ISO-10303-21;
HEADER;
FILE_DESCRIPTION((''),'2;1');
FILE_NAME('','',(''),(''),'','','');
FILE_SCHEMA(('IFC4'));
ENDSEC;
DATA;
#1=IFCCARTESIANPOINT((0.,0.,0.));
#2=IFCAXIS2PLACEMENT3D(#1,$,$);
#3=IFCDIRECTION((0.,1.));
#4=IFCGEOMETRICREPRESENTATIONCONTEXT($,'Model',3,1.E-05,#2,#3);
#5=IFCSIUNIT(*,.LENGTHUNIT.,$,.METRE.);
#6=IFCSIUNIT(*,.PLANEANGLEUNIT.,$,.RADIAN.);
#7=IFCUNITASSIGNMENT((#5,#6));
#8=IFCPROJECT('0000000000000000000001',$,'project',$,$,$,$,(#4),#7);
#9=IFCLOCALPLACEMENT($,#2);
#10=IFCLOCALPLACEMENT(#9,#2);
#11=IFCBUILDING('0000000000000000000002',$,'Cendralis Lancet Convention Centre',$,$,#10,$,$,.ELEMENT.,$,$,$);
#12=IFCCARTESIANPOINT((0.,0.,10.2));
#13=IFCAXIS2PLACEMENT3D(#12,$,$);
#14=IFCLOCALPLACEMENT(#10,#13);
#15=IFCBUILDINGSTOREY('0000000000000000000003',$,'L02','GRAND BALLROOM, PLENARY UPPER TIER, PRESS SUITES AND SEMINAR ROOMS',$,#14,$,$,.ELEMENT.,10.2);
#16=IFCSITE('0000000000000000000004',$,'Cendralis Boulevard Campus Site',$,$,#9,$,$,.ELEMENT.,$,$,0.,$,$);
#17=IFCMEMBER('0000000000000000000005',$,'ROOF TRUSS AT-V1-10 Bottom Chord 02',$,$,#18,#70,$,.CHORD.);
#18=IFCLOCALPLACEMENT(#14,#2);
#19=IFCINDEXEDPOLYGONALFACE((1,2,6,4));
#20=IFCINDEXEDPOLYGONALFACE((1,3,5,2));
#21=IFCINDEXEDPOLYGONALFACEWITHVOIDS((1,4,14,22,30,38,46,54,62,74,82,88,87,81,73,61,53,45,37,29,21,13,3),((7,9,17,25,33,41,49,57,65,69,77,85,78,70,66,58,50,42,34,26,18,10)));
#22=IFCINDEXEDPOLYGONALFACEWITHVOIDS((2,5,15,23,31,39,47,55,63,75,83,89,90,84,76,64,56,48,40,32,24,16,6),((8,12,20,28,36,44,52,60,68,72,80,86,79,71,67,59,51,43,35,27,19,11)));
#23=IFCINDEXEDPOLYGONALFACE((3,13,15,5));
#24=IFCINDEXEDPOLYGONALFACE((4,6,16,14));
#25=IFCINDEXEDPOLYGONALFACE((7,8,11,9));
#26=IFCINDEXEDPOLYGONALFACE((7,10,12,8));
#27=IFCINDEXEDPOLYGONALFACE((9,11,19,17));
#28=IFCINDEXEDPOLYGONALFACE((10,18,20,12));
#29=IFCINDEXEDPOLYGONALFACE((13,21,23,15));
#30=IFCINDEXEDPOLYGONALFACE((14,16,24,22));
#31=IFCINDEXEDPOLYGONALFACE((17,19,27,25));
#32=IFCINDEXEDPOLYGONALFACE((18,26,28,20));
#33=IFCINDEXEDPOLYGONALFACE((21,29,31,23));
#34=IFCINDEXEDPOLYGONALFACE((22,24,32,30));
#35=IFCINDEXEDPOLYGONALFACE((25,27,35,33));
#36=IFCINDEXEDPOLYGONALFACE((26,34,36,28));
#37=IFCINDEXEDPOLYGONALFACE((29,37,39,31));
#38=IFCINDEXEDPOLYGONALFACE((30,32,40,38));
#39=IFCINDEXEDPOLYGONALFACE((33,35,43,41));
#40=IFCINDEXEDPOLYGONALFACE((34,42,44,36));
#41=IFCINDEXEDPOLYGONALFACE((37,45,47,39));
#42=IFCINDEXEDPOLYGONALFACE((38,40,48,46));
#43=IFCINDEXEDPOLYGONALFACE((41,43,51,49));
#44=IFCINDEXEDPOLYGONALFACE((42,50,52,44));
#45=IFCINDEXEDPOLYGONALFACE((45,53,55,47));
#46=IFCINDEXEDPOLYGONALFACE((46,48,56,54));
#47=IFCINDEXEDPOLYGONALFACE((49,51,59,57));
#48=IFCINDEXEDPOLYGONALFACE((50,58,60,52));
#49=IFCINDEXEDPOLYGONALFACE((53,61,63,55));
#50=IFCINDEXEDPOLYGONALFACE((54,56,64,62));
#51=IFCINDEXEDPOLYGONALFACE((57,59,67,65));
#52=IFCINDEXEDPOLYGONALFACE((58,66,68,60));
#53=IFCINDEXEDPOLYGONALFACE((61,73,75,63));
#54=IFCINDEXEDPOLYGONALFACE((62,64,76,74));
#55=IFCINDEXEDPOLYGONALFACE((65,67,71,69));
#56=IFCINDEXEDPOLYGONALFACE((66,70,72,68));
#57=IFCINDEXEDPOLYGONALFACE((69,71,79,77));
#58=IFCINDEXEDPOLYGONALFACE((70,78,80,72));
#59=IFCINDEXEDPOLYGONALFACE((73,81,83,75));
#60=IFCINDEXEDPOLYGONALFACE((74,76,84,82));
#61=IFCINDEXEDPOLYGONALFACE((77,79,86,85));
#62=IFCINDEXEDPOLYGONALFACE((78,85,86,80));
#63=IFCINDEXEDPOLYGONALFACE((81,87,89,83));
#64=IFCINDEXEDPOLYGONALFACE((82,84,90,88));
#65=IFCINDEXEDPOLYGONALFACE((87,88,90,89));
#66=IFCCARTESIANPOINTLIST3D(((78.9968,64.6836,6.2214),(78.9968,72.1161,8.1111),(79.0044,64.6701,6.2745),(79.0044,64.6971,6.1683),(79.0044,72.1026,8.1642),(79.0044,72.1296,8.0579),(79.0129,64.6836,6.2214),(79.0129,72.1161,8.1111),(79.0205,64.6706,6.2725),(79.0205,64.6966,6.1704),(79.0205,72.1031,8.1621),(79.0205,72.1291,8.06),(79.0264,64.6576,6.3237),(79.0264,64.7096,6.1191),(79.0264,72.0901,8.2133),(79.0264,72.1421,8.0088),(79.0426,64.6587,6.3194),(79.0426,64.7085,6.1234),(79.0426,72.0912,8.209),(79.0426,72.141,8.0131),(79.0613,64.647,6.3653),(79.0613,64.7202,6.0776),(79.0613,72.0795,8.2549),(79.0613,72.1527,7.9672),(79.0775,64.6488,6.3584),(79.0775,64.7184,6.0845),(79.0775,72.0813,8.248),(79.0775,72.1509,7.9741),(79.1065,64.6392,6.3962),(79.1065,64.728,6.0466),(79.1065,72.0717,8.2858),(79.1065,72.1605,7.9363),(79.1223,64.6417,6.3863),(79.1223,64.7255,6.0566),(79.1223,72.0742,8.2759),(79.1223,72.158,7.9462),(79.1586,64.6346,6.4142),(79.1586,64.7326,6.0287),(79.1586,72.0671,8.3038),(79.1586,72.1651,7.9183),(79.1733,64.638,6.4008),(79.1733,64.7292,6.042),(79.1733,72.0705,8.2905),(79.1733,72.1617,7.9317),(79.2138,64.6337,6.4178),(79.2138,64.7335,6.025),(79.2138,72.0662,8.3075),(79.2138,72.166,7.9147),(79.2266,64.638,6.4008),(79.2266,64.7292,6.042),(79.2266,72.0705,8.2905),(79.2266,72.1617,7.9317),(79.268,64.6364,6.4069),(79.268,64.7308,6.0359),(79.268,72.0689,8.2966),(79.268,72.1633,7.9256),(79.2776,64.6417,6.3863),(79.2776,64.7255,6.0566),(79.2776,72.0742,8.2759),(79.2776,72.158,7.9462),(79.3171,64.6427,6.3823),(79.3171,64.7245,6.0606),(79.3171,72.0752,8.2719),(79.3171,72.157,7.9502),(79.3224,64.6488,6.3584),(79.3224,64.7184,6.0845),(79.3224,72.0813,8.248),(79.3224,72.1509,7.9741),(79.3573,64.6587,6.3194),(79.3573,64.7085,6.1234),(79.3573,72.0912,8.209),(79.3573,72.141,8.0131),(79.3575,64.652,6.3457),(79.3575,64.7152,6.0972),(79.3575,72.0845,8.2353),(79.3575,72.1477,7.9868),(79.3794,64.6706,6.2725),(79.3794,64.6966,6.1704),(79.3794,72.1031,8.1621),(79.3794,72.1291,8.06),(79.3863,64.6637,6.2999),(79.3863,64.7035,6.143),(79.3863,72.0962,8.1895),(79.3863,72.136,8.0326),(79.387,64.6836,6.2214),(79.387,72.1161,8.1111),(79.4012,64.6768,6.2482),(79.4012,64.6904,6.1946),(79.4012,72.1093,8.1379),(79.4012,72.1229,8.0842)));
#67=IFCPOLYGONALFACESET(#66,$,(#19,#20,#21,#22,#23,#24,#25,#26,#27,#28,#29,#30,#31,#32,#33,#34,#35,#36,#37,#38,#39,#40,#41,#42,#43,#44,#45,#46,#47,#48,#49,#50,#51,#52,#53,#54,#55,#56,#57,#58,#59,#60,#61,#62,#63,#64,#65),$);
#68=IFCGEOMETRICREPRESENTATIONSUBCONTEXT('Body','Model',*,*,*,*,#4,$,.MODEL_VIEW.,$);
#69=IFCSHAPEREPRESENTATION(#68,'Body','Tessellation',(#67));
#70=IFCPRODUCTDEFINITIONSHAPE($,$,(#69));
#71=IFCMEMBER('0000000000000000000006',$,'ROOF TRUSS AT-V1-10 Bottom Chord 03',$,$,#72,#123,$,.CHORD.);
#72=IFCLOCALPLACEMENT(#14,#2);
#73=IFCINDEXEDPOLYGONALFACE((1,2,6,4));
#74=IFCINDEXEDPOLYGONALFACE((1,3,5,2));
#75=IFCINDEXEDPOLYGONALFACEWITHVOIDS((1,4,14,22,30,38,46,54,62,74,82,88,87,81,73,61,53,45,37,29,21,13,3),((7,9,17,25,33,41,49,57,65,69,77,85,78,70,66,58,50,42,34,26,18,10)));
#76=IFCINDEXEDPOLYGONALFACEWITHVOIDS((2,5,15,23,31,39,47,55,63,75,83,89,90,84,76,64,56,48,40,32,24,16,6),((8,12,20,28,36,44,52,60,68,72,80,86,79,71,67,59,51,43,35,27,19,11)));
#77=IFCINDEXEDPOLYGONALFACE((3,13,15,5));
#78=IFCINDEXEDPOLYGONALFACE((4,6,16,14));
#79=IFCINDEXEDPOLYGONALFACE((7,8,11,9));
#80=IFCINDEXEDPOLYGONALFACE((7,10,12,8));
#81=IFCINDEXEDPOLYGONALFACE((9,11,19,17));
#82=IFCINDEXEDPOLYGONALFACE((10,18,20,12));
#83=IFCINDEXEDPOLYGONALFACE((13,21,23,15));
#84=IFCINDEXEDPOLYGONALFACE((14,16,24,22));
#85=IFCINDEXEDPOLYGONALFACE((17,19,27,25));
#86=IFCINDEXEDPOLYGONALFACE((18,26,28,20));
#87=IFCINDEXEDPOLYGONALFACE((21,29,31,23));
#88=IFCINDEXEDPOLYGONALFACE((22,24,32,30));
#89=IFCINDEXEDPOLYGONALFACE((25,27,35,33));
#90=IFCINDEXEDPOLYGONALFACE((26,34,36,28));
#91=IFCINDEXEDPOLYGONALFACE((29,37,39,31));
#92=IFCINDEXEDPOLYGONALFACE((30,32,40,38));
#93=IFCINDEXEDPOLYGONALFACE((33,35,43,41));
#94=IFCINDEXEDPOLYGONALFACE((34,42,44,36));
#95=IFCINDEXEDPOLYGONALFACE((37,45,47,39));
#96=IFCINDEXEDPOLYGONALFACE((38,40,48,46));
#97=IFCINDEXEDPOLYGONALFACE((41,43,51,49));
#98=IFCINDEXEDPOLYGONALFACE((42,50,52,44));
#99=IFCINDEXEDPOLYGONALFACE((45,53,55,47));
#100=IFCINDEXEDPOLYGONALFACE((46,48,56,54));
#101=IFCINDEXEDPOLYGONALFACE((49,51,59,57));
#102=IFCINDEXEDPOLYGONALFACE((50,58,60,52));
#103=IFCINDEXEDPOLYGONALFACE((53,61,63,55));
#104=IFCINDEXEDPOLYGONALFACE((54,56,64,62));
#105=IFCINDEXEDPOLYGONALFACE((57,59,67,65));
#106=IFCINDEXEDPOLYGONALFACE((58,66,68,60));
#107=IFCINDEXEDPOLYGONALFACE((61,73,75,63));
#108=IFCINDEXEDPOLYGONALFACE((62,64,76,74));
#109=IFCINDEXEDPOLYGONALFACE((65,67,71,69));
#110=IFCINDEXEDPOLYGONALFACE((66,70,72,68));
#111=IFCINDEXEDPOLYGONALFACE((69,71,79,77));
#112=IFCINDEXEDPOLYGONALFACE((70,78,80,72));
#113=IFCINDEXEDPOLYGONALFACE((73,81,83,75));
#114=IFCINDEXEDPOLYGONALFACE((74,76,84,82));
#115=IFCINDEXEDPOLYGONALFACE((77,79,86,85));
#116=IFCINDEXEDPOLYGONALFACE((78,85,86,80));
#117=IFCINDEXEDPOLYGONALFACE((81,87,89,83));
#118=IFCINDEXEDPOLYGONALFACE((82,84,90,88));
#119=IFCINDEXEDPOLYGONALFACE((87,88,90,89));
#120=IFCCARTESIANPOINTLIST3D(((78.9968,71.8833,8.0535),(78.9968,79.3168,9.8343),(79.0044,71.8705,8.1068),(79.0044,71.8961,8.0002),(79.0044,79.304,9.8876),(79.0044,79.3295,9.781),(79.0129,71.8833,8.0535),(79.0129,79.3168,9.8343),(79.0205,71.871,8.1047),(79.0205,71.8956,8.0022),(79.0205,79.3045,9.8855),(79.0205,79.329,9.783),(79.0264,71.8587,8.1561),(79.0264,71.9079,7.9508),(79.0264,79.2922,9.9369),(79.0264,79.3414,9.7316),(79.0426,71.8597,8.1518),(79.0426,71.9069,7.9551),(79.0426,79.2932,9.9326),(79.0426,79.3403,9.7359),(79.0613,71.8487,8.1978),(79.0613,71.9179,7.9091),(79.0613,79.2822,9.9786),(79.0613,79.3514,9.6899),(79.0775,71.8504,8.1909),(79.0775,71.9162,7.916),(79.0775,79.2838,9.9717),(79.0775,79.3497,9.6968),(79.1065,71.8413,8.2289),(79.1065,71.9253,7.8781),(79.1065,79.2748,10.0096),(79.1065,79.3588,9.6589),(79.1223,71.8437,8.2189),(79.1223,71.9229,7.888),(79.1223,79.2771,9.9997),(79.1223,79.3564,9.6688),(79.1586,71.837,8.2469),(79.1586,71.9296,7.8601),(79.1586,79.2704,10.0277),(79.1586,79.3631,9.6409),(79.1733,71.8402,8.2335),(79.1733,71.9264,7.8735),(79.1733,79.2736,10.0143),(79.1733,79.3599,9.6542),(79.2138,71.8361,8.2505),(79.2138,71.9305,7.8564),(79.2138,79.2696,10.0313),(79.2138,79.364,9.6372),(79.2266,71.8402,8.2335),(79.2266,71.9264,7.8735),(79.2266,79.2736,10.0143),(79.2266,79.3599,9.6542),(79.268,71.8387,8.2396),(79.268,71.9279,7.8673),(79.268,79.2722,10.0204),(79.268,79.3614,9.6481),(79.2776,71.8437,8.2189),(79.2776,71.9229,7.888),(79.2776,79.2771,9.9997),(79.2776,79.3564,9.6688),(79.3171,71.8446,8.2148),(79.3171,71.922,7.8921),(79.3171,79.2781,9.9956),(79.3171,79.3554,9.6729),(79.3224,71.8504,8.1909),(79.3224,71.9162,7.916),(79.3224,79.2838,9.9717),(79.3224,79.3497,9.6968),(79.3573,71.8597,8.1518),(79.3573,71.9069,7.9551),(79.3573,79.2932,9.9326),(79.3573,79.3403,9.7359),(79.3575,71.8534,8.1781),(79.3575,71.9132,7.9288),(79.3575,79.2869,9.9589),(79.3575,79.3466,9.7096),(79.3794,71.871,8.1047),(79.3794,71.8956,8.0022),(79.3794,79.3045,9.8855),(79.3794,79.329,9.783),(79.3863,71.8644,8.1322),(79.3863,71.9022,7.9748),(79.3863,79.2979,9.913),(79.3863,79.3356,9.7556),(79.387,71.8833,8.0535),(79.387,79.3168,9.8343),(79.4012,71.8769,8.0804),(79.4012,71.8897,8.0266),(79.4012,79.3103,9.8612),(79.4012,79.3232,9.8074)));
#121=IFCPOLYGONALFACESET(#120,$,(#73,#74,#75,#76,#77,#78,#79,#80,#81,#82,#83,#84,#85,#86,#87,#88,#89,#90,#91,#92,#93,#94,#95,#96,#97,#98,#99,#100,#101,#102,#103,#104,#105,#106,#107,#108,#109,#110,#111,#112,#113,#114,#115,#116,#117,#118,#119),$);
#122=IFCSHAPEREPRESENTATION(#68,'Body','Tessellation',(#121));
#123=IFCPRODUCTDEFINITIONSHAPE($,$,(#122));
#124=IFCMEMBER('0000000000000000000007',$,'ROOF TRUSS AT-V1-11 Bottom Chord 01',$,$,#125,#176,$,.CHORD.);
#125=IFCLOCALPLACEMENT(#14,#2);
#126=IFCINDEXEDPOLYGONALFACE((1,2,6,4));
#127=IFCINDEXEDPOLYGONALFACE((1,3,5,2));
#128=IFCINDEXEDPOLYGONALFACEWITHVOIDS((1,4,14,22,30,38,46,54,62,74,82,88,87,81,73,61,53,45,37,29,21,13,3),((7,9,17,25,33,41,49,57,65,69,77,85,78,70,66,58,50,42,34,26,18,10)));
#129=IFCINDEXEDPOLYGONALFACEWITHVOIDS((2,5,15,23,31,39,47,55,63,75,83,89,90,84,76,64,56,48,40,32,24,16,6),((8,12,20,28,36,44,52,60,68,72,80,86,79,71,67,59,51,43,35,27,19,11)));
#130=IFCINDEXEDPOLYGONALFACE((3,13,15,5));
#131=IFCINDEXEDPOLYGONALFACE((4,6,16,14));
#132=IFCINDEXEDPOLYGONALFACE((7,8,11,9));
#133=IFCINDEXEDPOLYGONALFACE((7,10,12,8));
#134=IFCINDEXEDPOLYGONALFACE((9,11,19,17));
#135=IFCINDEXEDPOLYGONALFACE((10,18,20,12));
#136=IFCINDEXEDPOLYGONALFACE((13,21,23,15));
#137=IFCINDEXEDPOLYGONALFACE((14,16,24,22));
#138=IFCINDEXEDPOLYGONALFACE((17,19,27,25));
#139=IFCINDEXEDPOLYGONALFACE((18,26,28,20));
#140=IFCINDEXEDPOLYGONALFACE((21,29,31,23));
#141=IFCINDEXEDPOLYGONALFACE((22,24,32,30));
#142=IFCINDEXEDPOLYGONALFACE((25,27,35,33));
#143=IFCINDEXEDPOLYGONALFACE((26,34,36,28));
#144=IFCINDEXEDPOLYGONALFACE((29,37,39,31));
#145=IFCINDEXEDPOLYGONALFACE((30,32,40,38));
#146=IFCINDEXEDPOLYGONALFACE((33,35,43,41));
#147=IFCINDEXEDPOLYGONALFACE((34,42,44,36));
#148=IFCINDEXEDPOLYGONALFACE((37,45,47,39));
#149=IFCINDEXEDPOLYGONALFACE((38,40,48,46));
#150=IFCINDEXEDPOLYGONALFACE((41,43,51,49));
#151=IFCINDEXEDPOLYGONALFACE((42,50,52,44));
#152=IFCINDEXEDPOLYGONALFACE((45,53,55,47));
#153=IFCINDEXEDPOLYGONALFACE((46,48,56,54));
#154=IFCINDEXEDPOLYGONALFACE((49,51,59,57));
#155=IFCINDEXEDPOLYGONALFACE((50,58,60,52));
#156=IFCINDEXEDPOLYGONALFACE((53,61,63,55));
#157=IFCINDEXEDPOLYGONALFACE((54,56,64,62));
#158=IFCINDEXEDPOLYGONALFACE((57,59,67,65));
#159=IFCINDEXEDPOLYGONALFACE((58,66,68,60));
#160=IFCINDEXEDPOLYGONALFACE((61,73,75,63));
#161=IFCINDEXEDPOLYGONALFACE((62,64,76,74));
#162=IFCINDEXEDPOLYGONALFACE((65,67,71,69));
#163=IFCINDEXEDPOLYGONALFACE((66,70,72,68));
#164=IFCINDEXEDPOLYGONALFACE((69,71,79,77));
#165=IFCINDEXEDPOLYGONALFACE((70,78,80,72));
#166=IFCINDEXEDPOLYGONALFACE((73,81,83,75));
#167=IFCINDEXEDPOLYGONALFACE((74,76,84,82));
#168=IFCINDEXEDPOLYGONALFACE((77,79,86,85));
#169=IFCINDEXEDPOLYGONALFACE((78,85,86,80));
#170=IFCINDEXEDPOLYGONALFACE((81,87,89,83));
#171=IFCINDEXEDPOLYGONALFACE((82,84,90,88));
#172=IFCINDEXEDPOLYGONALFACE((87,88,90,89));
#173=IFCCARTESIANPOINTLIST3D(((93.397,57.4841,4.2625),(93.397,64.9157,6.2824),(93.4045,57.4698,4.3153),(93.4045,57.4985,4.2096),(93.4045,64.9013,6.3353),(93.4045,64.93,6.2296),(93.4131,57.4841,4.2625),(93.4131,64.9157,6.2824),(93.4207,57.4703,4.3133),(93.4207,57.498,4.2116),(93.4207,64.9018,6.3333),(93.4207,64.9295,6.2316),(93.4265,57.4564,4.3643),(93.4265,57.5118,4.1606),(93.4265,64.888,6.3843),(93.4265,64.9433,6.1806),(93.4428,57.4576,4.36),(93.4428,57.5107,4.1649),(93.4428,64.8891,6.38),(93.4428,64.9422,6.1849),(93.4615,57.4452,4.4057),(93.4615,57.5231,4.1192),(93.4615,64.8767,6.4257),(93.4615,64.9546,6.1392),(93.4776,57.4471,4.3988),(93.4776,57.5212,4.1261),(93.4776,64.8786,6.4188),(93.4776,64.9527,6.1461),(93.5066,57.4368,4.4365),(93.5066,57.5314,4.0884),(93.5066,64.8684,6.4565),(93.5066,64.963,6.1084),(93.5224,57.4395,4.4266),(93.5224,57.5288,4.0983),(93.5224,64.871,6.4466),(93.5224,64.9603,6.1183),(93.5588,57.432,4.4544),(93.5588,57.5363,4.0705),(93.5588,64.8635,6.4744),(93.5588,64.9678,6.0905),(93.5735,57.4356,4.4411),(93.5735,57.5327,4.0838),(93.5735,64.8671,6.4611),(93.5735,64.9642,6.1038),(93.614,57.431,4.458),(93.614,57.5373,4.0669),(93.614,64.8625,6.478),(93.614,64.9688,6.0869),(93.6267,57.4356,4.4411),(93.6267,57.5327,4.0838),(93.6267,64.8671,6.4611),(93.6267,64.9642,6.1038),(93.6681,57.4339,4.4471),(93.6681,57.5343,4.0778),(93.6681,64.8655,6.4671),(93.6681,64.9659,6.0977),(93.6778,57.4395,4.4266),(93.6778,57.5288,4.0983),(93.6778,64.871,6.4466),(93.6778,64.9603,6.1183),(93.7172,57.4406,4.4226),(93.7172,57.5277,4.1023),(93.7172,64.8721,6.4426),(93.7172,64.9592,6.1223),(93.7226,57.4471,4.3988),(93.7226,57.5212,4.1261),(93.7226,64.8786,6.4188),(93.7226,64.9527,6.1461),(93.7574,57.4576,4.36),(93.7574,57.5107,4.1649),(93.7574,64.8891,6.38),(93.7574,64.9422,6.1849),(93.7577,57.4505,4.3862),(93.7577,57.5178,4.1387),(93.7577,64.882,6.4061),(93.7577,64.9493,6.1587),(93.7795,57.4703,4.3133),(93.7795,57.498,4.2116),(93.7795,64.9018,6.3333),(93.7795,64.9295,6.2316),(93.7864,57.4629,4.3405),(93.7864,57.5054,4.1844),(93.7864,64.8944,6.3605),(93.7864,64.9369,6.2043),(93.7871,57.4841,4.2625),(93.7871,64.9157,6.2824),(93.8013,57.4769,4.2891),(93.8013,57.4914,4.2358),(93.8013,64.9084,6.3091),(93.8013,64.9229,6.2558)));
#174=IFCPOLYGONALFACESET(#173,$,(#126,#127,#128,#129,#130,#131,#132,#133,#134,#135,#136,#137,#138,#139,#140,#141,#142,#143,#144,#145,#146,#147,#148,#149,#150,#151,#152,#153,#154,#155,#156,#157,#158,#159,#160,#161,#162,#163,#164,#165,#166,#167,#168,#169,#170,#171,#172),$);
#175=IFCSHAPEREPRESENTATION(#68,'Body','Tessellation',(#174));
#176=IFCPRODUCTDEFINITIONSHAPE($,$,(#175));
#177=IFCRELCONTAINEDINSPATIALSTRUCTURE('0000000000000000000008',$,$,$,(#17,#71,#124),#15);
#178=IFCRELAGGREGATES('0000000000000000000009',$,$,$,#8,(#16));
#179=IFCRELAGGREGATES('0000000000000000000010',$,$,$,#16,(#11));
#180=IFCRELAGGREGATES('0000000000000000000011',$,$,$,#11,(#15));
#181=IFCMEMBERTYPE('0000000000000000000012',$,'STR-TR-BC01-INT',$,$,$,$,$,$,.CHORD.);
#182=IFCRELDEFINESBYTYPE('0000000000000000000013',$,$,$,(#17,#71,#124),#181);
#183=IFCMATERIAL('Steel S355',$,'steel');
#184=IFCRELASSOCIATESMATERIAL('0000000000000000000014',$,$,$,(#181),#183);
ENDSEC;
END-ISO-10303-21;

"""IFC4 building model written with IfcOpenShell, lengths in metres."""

from ifc_helpers import new_model, si_unit, direction, frame, origin, origin_2d, place, context, subcontext, project, spatial, hollow_circle, extrude, material, material_profile, profile_set, type_object, element, save


model = new_model("IFC4")

# Units and contexts
model_context = context("Model", 3, precision=1e-05, world=origin(), true_north=direction((0.0, 1.0)))
body_context = subcontext(model_context, "Body", "Model", "MODEL_VIEW")
ifc_project = project(units=[si_unit("LENGTHUNIT", "METRE"), si_unit("PLANEANGLEUNIT", "RADIAN")], contexts=[model_context])

# Site, building, storey
site_placement = place(None, origin())
site = spatial("IfcSite", under=ifc_project, at=site_placement, Name="Cendralis Boulevard Campus Site", CompositionType="ELEMENT", RefElevation=0.0)
building_placement = place(site_placement, origin())
building = spatial("IfcBuilding", under=site, at=building_placement, Name="Cendralis Lancet Convention Centre", CompositionType="ELEMENT")
storey_placement = place(building_placement, frame((0.0, 0.0, 10.2)))
storey = spatial("IfcBuildingStorey", under=building, at=storey_placement, Name="L02", Description="GRAND BALLROOM, PLENARY UPPER TIER, PRESS SUITES AND SEMINAR ROOMS", CompositionType="ELEMENT", Elevation=10.2)

# Members
ifc_material = material(Name="Steel S355", Category="steel")
ifc_material_profile_1 = material_profile(ifc_material, hollow_circle(Radius=0.2031, WallThickness=0.0161, at=origin_2d()), Name="CHS 406.4x16.0")
ifc_profile_set_1 = profile_set([ifc_material_profile_1], Name="Steel S355")
member_type_1 = type_object("IfcMemberType", Name="STR-TR-BC01-INT", PredefinedType="CHORD", material=ifc_profile_set_1)
member_1_placement = place(storey_placement, frame((79.2, 64.6836, 6.2214), z_axis=(0.0, 0.969169, 0.246399), x_axis=(-1.0, 0.0, 0.0)))
element("IfcMember", 1, at=member_1_placement, inside=storey, type_object=member_type_1, Name="ROOF TRUSS AT-V1-10 Bottom Chord 02", PredefinedType="CHORD", context=body_context, shape_type="SweptSolid", body=[
    extrude(hollow_circle(Radius=0.2031, WallThickness=0.0161, at=origin_2d()), origin(), (0.0, 0.0, 1.0), 7.6689),
])
member_2_placement = place(storey_placement, frame((79.2, 71.8833, 8.0535), z_axis=(0.0, 0.972483, 0.232972), x_axis=(-1.0, 0.0, 0.0)))
element("IfcMember", 2, at=member_2_placement, inside=storey, type_object=member_type_1, Name="ROOF TRUSS AT-V1-10 Bottom Chord 03", PredefinedType="CHORD", context=body_context, shape_type="SweptSolid", body=[
    extrude(hollow_circle(Radius=0.2031, WallThickness=0.0161, at=origin_2d()), origin(), (0.0, 0.0, 1.0), 7.6438),
])
member_3_placement = place(storey_placement, frame((93.6001, 57.4841, 4.2625), z_axis=(0.0, 0.964987, 0.262296), x_axis=(-1.0, 0.0, 0.0)))
element("IfcMember", 3, at=member_3_placement, inside=storey, type_object=member_type_1, Name="ROOF TRUSS AT-V1-11 Bottom Chord 01", PredefinedType="CHORD", context=body_context, shape_type="SweptSolid", body=[
    extrude(hollow_circle(Radius=0.2031, WallThickness=0.0161, at=origin_2d()), origin(), (0.0, 0.0, 1.0), 7.7012),
])

save(model, "model.ifc")
